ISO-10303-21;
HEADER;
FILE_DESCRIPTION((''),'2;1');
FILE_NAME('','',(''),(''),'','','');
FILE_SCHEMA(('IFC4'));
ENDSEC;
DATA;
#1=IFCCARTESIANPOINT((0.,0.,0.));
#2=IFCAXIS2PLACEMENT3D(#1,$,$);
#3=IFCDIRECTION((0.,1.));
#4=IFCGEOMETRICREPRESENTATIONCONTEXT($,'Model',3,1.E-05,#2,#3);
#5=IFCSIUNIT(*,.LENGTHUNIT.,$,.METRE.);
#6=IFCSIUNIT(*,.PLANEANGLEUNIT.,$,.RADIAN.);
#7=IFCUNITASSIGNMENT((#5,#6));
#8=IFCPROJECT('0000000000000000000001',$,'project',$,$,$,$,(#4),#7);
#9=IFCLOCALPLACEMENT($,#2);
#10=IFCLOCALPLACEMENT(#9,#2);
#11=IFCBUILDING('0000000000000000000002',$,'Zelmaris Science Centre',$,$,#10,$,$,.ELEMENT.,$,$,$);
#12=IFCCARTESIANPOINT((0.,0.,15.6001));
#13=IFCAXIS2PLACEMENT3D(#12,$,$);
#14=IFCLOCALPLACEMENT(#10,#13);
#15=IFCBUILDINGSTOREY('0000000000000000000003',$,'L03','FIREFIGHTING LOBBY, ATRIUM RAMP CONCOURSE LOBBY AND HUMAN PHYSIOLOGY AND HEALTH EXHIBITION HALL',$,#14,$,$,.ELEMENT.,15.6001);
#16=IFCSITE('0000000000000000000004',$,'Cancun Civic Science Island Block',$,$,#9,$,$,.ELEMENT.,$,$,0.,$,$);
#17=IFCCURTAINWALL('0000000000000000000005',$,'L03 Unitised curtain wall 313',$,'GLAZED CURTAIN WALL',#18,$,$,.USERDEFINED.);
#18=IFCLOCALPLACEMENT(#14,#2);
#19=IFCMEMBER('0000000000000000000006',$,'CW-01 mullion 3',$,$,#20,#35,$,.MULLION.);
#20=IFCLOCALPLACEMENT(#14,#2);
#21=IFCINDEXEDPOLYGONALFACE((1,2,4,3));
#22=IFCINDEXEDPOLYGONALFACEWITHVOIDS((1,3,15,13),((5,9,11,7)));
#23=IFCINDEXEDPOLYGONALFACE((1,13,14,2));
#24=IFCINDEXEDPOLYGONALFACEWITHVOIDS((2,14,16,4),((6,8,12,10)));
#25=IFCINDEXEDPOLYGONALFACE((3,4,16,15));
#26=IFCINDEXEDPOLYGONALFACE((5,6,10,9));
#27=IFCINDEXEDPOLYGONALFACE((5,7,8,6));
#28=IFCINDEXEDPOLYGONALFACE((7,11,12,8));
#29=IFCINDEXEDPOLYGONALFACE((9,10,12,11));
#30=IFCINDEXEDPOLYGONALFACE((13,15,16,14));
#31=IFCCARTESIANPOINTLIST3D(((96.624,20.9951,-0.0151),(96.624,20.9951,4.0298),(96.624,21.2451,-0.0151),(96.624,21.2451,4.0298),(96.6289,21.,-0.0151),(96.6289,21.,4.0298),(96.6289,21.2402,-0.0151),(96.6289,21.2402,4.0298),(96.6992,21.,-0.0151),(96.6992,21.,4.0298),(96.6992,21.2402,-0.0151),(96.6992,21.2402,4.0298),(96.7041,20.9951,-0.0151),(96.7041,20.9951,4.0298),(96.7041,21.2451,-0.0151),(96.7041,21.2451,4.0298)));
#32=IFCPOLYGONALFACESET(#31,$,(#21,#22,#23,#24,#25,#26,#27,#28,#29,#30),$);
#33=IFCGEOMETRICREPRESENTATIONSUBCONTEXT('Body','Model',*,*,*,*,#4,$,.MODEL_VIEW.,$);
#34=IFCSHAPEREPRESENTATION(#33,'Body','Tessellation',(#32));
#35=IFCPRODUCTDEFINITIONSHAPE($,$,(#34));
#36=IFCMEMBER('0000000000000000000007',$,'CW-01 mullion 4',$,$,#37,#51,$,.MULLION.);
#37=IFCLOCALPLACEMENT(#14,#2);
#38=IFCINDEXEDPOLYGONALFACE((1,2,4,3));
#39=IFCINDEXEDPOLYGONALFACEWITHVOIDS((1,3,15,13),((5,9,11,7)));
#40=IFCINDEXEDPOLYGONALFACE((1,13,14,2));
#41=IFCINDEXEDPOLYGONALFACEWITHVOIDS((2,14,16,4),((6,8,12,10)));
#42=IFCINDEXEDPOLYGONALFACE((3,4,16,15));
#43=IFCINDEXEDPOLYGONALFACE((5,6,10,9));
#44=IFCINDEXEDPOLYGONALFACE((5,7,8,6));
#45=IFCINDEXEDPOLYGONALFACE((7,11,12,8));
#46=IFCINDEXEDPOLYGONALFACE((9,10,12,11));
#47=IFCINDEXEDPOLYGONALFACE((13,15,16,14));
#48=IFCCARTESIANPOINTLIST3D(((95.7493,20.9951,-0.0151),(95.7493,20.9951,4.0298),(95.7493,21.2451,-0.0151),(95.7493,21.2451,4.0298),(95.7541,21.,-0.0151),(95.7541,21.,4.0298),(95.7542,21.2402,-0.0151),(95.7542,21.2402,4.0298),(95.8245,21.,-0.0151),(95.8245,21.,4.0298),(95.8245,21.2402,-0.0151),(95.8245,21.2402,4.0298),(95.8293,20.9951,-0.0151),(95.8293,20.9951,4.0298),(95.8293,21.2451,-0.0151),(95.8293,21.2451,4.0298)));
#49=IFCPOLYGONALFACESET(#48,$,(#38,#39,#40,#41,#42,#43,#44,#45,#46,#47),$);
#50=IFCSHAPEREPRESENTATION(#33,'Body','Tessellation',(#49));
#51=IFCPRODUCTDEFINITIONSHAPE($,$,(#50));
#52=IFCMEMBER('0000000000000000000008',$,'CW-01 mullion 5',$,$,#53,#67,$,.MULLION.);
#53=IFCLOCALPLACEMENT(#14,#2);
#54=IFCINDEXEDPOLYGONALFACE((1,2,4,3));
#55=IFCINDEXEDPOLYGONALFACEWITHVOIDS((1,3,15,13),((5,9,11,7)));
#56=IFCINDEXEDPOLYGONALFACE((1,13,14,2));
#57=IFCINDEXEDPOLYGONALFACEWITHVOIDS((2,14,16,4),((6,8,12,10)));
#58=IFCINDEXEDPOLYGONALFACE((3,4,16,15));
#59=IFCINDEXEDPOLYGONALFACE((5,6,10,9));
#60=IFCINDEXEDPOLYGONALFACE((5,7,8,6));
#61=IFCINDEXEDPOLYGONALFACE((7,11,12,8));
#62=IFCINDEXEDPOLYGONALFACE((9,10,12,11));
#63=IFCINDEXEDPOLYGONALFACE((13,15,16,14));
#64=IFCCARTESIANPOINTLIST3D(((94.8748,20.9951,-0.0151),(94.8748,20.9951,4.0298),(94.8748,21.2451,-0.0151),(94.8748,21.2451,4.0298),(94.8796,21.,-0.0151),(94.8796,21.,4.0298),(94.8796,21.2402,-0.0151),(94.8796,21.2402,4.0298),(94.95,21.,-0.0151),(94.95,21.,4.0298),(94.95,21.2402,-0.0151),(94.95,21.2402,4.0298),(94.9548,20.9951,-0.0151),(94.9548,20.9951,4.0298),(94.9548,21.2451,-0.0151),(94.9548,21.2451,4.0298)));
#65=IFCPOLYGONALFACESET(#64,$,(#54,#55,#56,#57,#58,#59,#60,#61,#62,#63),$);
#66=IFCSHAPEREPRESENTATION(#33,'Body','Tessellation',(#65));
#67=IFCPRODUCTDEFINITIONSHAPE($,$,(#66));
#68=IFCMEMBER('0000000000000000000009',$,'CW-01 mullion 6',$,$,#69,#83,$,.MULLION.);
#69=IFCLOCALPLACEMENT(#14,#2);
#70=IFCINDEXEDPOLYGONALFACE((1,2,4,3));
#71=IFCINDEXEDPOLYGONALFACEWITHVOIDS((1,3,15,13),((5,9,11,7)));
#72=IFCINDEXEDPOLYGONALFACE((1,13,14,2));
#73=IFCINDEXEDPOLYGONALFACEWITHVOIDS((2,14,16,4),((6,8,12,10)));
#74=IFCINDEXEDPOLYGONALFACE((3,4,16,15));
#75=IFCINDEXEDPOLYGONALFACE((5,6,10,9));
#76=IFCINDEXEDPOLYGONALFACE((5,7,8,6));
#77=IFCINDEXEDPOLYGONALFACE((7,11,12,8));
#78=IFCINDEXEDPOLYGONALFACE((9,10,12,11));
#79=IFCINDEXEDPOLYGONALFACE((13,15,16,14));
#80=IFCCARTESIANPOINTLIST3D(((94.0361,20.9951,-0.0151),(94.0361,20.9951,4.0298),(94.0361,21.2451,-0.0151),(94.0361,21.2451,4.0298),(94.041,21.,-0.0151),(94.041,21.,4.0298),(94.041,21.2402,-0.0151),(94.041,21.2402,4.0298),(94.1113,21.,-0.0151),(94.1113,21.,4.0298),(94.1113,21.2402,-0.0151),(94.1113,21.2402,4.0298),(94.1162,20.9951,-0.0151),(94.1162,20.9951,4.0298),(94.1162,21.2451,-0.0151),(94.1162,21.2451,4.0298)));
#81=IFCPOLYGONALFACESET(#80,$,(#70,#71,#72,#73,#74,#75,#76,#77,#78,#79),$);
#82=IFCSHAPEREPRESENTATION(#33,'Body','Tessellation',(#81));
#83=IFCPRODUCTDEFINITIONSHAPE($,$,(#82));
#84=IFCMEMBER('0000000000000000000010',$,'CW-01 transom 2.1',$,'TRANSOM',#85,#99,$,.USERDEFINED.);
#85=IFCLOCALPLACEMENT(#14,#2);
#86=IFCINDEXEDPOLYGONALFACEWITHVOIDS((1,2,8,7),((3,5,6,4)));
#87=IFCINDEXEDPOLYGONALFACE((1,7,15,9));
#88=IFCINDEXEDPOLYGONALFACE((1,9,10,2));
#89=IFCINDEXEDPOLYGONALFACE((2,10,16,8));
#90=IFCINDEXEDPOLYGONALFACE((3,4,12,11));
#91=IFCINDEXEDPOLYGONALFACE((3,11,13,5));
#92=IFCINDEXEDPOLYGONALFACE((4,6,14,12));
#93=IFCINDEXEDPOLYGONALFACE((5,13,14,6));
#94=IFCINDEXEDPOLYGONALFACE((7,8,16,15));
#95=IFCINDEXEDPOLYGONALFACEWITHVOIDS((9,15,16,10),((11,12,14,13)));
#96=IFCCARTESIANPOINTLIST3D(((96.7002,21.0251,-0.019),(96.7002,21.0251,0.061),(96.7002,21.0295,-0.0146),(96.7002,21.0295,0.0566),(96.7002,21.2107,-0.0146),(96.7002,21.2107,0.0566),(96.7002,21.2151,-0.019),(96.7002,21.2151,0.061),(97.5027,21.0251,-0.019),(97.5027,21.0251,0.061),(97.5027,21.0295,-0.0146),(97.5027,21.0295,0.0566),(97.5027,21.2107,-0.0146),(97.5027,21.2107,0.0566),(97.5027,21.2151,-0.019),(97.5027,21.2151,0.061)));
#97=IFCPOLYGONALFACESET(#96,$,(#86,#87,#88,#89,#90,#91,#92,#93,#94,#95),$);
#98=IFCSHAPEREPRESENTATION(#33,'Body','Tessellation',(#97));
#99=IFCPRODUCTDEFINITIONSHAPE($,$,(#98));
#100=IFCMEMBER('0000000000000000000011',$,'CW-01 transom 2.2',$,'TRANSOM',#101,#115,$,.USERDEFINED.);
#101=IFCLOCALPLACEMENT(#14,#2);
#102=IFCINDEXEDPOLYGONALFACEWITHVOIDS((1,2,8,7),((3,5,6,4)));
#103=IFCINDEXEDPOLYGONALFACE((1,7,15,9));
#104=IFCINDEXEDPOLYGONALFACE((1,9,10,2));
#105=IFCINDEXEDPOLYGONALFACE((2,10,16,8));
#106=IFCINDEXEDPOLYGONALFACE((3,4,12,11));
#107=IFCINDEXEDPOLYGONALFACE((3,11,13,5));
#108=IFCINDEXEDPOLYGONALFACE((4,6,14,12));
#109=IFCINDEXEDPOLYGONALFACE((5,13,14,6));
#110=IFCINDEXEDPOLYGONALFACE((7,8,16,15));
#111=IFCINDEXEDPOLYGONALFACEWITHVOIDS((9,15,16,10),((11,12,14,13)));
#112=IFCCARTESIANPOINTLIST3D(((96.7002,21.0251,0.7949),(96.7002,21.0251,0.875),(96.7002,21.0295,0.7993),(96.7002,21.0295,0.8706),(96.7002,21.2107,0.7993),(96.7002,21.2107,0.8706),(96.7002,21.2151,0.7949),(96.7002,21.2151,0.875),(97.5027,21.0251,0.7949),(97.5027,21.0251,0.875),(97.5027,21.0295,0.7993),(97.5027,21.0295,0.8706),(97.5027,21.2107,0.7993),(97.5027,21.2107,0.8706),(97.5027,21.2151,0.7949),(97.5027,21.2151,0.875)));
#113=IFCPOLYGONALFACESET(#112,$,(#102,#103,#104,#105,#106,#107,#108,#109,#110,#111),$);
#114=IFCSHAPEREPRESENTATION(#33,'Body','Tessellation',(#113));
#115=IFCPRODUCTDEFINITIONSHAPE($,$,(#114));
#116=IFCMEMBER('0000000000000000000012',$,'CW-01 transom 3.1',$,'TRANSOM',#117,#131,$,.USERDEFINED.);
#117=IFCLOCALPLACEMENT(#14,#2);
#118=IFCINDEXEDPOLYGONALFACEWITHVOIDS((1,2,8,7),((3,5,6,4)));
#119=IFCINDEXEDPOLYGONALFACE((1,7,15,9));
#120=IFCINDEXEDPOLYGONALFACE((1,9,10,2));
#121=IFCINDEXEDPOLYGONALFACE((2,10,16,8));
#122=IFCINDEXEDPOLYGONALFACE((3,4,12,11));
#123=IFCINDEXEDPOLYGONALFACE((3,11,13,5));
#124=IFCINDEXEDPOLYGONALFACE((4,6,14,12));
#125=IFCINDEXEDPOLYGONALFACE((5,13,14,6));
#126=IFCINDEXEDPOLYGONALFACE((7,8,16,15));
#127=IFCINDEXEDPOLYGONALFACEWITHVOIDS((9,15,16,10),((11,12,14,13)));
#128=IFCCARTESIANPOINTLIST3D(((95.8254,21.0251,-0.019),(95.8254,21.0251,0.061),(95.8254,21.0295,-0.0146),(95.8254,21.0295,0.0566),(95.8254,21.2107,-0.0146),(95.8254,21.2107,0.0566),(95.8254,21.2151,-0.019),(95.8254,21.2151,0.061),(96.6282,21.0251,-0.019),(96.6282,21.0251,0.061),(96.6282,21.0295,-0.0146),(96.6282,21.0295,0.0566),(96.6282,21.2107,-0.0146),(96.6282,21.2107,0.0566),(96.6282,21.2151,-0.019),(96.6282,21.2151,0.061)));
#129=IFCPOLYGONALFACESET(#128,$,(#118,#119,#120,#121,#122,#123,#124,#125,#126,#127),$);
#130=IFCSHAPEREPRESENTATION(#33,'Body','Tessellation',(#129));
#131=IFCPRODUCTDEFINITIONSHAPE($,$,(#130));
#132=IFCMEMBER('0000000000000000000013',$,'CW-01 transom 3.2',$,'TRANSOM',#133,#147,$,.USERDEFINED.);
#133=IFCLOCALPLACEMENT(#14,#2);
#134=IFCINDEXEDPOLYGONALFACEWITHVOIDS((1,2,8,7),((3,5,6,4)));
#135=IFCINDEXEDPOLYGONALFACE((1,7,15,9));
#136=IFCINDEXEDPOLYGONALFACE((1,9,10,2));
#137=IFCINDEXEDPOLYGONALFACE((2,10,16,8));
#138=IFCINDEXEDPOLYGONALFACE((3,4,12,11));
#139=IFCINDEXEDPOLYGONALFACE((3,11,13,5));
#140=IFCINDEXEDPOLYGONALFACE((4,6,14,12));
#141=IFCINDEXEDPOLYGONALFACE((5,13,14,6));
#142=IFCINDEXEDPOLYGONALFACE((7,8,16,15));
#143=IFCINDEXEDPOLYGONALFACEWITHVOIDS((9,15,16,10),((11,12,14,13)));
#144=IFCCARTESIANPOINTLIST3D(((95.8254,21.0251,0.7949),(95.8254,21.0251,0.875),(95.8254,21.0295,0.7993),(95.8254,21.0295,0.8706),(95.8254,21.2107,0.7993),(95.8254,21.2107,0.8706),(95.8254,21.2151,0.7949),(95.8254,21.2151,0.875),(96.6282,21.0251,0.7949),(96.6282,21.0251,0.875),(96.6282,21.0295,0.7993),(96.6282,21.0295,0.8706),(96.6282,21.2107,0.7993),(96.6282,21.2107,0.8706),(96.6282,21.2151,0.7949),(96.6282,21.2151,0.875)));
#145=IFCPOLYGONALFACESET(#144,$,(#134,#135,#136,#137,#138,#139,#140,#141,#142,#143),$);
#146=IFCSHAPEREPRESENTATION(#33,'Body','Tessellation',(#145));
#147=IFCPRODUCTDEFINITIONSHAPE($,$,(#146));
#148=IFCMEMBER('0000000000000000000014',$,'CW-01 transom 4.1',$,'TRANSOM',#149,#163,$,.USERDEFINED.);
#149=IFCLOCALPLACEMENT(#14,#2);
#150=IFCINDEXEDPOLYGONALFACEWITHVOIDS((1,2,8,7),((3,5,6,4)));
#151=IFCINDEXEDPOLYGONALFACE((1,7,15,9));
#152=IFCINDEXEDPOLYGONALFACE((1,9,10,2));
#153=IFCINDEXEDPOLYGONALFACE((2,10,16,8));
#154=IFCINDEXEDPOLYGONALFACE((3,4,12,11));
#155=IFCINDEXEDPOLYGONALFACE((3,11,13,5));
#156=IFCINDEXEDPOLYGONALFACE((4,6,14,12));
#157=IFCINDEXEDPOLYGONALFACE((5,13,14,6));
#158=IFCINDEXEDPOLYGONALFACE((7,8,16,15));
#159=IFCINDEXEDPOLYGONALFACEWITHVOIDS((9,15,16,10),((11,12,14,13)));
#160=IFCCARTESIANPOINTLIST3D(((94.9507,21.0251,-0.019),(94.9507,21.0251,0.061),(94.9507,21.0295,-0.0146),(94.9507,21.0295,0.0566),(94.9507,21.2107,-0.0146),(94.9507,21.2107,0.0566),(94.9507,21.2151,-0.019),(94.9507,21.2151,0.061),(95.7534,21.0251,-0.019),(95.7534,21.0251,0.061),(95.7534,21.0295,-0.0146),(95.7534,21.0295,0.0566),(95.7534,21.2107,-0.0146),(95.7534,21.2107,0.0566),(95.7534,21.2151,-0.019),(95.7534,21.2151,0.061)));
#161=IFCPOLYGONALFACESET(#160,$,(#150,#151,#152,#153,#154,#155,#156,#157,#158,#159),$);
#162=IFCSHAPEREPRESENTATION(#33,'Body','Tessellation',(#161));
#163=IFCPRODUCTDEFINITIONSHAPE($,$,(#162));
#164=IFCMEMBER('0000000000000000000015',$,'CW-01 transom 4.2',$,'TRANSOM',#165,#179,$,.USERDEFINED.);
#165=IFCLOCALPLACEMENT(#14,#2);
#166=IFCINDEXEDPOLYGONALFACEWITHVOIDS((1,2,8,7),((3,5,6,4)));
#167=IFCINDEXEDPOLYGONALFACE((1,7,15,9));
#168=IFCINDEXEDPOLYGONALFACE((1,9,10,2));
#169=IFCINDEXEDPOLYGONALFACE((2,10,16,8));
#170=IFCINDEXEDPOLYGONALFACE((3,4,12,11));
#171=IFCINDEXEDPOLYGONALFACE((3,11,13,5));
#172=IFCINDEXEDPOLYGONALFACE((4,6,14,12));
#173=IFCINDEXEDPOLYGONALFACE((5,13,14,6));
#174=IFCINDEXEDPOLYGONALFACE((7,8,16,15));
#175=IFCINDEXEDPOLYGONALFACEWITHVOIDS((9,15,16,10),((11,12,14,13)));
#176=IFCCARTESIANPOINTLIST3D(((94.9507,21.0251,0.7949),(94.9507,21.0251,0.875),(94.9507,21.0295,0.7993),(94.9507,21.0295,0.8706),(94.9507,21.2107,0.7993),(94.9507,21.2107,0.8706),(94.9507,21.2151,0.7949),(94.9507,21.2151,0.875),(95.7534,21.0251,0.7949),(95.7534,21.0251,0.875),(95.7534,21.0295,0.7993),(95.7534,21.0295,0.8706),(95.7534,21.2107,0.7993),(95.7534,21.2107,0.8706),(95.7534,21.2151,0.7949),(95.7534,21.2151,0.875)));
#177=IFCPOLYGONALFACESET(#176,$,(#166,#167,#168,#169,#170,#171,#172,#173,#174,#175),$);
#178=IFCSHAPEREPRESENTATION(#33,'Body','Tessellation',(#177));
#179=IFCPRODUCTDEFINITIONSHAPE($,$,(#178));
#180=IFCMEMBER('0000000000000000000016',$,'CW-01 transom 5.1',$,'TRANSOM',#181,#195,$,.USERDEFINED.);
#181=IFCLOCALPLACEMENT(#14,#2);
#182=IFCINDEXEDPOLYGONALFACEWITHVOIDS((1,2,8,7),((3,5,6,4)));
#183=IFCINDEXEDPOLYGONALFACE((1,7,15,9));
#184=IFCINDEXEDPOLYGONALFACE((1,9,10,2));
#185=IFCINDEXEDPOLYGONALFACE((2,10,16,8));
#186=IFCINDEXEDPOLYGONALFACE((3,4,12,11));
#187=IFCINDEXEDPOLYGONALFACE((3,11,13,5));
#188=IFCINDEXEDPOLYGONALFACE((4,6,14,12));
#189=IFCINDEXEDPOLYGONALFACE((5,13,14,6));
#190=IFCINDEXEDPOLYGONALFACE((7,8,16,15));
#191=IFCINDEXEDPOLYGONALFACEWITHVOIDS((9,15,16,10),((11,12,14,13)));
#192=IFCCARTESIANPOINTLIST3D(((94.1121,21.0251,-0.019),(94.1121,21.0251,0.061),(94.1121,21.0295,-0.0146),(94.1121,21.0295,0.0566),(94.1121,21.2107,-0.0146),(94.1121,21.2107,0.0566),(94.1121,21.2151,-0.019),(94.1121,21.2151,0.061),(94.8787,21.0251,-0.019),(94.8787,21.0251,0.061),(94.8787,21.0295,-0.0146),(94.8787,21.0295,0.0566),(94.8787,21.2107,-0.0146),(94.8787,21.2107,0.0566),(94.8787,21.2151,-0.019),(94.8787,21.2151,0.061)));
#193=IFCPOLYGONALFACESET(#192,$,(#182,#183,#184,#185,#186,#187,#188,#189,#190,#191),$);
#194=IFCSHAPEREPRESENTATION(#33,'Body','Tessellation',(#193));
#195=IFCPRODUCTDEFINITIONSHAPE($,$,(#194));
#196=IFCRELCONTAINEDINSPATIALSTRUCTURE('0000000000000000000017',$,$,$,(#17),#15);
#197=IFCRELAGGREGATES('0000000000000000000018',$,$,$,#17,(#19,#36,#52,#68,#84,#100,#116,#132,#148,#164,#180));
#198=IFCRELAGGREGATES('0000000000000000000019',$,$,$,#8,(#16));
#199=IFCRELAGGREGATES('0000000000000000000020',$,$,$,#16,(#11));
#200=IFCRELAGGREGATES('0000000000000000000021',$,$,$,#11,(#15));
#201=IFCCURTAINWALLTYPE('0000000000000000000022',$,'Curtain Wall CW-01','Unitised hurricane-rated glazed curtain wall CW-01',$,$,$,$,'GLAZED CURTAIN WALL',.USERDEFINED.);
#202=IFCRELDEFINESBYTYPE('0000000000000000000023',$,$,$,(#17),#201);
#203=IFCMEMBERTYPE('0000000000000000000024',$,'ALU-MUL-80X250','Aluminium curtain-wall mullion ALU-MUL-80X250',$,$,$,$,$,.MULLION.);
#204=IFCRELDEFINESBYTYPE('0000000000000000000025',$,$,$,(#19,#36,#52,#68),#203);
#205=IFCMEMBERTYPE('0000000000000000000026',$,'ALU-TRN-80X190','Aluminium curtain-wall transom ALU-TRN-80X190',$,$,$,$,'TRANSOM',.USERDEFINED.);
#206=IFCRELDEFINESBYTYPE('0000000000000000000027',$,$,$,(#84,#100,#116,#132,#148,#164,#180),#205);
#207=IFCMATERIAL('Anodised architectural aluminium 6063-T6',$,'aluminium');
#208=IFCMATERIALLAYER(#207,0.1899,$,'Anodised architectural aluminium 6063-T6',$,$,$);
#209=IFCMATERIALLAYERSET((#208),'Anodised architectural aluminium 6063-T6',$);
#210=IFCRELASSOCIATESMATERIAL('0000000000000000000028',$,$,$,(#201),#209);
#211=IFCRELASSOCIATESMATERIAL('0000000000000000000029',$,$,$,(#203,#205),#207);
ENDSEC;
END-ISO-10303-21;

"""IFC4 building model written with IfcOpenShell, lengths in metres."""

from ifc_helpers import new_model, si_unit, direction, frame, origin, origin_2d, place, context, subcontext, project, spatial, hollow_rectangle, extrude, material, layer, layer_set, material_profile, profile_set, type_object, element, aggregate, save


model = new_model("IFC4")

# Units and contexts
model_context = context("Model", 3, precision=1e-05, world=origin(), true_north=direction((0.0, 1.0)))
body_context = subcontext(model_context, "Body", "Model", "MODEL_VIEW")
ifc_project = project(units=[si_unit("LENGTHUNIT", "METRE"), si_unit("PLANEANGLEUNIT", "RADIAN")], contexts=[model_context])

# Site, building, storey
site_placement = place(None, origin())
site = spatial("IfcSite", under=ifc_project, at=site_placement, Name="Cancun Civic Science Island Block", CompositionType="ELEMENT", RefElevation=0.0)
building_placement = place(site_placement, origin())
building = spatial("IfcBuilding", under=site, at=building_placement, Name="Zelmaris Science Centre", CompositionType="ELEMENT")
storey_placement = place(building_placement, frame((0.0, 0.0, 15.6001)))
storey = spatial("IfcBuildingStorey", under=building, at=storey_placement, Name="L03", Description="FIREFIGHTING LOBBY, ATRIUM RAMP CONCOURSE LOBBY AND HUMAN PHYSIOLOGY AND HEALTH EXHIBITION HALL", CompositionType="ELEMENT", Elevation=15.6001)

# Curtain wall, members
ifc_material_1 = material(Name="Anodised architectural aluminium 6063-T6", Category="aluminium")
ifc_layer_1 = layer(ifc_material_1, 0.1899, Name="Anodised architectural aluminium 6063-T6")
ifc_layer_set_1 = layer_set([ifc_layer_1], Name="Anodised architectural aluminium 6063-T6")
curtain_wall_type = type_object("IfcCurtainWallType", Name="Curtain Wall CW-01", Description="Unitised hurricane-rated glazed curtain wall CW-01", ElementType="GLAZED CURTAIN WALL", PredefinedType="USERDEFINED", material=ifc_layer_set_1)
curtain_wall_placement = place(storey_placement, origin())
curtain_wall = element("IfcCurtainWall", 1, at=curtain_wall_placement, inside=storey, type_object=curtain_wall_type, Name="L03 Unitised curtain wall 313", ObjectType="GLAZED CURTAIN WALL", PredefinedType="USERDEFINED")
ifc_material_profile_1 = material_profile(ifc_material_1, hollow_rectangle(XDim=0.0801, YDim=0.25, WallThickness=0.0049, at=origin_2d()), Name="ALU-MUL-80X250")
ifc_profile_set_1 = profile_set([ifc_material_profile_1], Name="Anodised architectural aluminium 6063-T6")
member_type_1 = type_object("IfcMemberType", Name="ALU-MUL-80X250", Description="Aluminium curtain-wall mullion ALU-MUL-80X250", PredefinedType="MULLION", material=ifc_profile_set_1)
member_1_placement = place(storey_placement, frame((96.6641, 21.1201, -0.0151), z_axis=(0.0, 0.0, 1.0), x_axis=(-1.0, 0.000005, 0.0)))
member_1 = element("IfcMember", 2, at=member_1_placement, type_object=member_type_1, Name="CW-01 mullion 3", PredefinedType="MULLION", context=body_context, shape_type="SweptSolid", body=[
    extrude(hollow_rectangle(XDim=0.0801, YDim=0.25, WallThickness=0.0049, at=origin_2d()), origin(), (0.0, 0.0, 1.0), 4.0449),
])
member_2_placement = place(storey_placement, frame((95.7893, 21.1201, -0.0151), z_axis=(0.0, 0.0, 1.0), x_axis=(-1.0, 0.000005, 0.0)))
member_2 = element("IfcMember", 3, at=member_2_placement, type_object=member_type_1, Name="CW-01 mullion 4", PredefinedType="MULLION", context=body_context, shape_type="SweptSolid", body=[
    extrude(hollow_rectangle(XDim=0.0801, YDim=0.25, WallThickness=0.0049, at=origin_2d()), origin(), (0.0, 0.0, 1.0), 4.0449),
])
member_3_placement = place(storey_placement, frame((94.9148, 21.1201, -0.0151), z_axis=(0.0, 0.0, 1.0), x_axis=(-1.0, 0.000005, 0.0)))
member_3 = element("IfcMember", 4, at=member_3_placement, type_object=member_type_1, Name="CW-01 mullion 5", PredefinedType="MULLION", context=body_context, shape_type="SweptSolid", body=[
    extrude(hollow_rectangle(XDim=0.0801, YDim=0.25, WallThickness=0.0049, at=origin_2d()), origin(), (0.0, 0.0, 1.0), 4.0449),
])
member_4_placement = place(storey_placement, frame((94.0762, 21.1201, -0.0151), z_axis=(0.0, 0.0, 1.0), x_axis=(-1.0, 0.000005, 0.0)))
member_4 = element("IfcMember", 5, at=member_4_placement, type_object=member_type_1, Name="CW-01 mullion 6", PredefinedType="MULLION", context=body_context, shape_type="SweptSolid", body=[
    extrude(hollow_rectangle(XDim=0.0801, YDim=0.25, WallThickness=0.0049, at=origin_2d()), origin(), (0.0, 0.0, 1.0), 4.0449),
])
ifc_material_profile_2 = material_profile(ifc_material_1, hollow_rectangle(XDim=0.0801, YDim=0.1899, WallThickness=0.0044, at=origin_2d()), Name="ALU-TRN-80X190")
ifc_profile_set_2 = profile_set([ifc_material_profile_2], Name="Anodised architectural aluminium 6063-T6")
member_type_2 = type_object("IfcMemberType", Name="ALU-TRN-80X190", Description="Aluminium curtain-wall transom ALU-TRN-80X190", ElementType="TRANSOM", PredefinedType="USERDEFINED", material=ifc_profile_set_2)
member_5_placement = place(storey_placement, frame((97.5027, 21.1201, 0.021), z_axis=(-1.0, 0.0, 0.0), x_axis=(0.0, 0.0, 1.0)))
member_5 = element("IfcMember", 6, at=member_5_placement, type_object=member_type_2, Name="CW-01 transom 2.1", ObjectType="TRANSOM", PredefinedType="USERDEFINED", context=body_context, shape_type="SweptSolid", body=[
    extrude(hollow_rectangle(XDim=0.0801, YDim=0.1899, WallThickness=0.0044, at=origin_2d()), origin(), (0.0, 0.0, 1.0), 0.8025),
])
member_6_placement = place(storey_placement, frame((97.5027, 21.1201, 0.835), z_axis=(-1.0, 0.0, 0.0), x_axis=(0.0, 0.0, 1.0)))
member_6 = element("IfcMember", 7, at=member_6_placement, type_object=member_type_2, Name="CW-01 transom 2.2", ObjectType="TRANSOM", PredefinedType="USERDEFINED", context=body_context, shape_type="SweptSolid", body=[
    extrude(hollow_rectangle(XDim=0.0801, YDim=0.1899, WallThickness=0.0044, at=origin_2d()), origin(), (0.0, 0.0, 1.0), 0.8025),
])
member_7_placement = place(storey_placement, frame((96.6282, 21.1201, 0.021), z_axis=(-1.0, 0.0, 0.0), x_axis=(0.0, 0.0, 1.0)))
member_7 = element("IfcMember", 8, at=member_7_placement, type_object=member_type_2, Name="CW-01 transom 3.1", ObjectType="TRANSOM", PredefinedType="USERDEFINED", context=body_context, shape_type="SweptSolid", body=[
    extrude(hollow_rectangle(XDim=0.0801, YDim=0.1899, WallThickness=0.0044, at=origin_2d()), origin(), (0.0, 0.0, 1.0), 0.8027),
])
member_8_placement = place(storey_placement, frame((96.6282, 21.1201, 0.835), z_axis=(-1.0, 0.0, 0.0), x_axis=(0.0, 0.0, 1.0)))
member_8 = element("IfcMember", 9, at=member_8_placement, type_object=member_type_2, Name="CW-01 transom 3.2", ObjectType="TRANSOM", PredefinedType="USERDEFINED", context=body_context, shape_type="SweptSolid", body=[
    extrude(hollow_rectangle(XDim=0.0801, YDim=0.1899, WallThickness=0.0044, at=origin_2d()), origin(), (0.0, 0.0, 1.0), 0.8027),
])
member_9_placement = place(storey_placement, frame((95.7534, 21.1201, 0.021), z_axis=(-1.0, 0.0, 0.0), x_axis=(0.0, 0.0, 1.0)))
member_9 = element("IfcMember", 10, at=member_9_placement, type_object=member_type_2, Name="CW-01 transom 4.1", ObjectType="TRANSOM", PredefinedType="USERDEFINED", context=body_context, shape_type="SweptSolid", body=[
    extrude(hollow_rectangle(XDim=0.0801, YDim=0.1899, WallThickness=0.0044, at=origin_2d()), origin(), (0.0, 0.0, 1.0), 0.8027),
])
member_10_placement = place(storey_placement, frame((95.7534, 21.1201, 0.835), z_axis=(-1.0, 0.0, 0.0), x_axis=(0.0, 0.0, 1.0)))
member_10 = element("IfcMember", 11, at=member_10_placement, type_object=member_type_2, Name="CW-01 transom 4.2", ObjectType="TRANSOM", PredefinedType="USERDEFINED", context=body_context, shape_type="SweptSolid", body=[
    extrude(hollow_rectangle(XDim=0.0801, YDim=0.1899, WallThickness=0.0044, at=origin_2d()), origin(), (0.0, 0.0, 1.0), 0.8027),
])
member_11_placement = place(storey_placement, frame((94.8787, 21.1201, 0.021), z_axis=(-1.0, 0.0, 0.0), x_axis=(0.0, 0.0, 1.0)))
member_11 = element("IfcMember", 12, at=member_11_placement, type_object=member_type_2, Name="CW-01 transom 5.1", ObjectType="TRANSOM", PredefinedType="USERDEFINED", context=body_context, shape_type="SweptSolid", body=[
    extrude(hollow_rectangle(XDim=0.0801, YDim=0.1899, WallThickness=0.0044, at=origin_2d()), origin(), (0.0, 0.0, 1.0), 0.7666),
])
aggregate(curtain_wall, [member_1, member_2, member_3, member_4, member_5, member_6, member_7, member_8, member_9, member_10, member_11])

save(model, "model.ifc")
